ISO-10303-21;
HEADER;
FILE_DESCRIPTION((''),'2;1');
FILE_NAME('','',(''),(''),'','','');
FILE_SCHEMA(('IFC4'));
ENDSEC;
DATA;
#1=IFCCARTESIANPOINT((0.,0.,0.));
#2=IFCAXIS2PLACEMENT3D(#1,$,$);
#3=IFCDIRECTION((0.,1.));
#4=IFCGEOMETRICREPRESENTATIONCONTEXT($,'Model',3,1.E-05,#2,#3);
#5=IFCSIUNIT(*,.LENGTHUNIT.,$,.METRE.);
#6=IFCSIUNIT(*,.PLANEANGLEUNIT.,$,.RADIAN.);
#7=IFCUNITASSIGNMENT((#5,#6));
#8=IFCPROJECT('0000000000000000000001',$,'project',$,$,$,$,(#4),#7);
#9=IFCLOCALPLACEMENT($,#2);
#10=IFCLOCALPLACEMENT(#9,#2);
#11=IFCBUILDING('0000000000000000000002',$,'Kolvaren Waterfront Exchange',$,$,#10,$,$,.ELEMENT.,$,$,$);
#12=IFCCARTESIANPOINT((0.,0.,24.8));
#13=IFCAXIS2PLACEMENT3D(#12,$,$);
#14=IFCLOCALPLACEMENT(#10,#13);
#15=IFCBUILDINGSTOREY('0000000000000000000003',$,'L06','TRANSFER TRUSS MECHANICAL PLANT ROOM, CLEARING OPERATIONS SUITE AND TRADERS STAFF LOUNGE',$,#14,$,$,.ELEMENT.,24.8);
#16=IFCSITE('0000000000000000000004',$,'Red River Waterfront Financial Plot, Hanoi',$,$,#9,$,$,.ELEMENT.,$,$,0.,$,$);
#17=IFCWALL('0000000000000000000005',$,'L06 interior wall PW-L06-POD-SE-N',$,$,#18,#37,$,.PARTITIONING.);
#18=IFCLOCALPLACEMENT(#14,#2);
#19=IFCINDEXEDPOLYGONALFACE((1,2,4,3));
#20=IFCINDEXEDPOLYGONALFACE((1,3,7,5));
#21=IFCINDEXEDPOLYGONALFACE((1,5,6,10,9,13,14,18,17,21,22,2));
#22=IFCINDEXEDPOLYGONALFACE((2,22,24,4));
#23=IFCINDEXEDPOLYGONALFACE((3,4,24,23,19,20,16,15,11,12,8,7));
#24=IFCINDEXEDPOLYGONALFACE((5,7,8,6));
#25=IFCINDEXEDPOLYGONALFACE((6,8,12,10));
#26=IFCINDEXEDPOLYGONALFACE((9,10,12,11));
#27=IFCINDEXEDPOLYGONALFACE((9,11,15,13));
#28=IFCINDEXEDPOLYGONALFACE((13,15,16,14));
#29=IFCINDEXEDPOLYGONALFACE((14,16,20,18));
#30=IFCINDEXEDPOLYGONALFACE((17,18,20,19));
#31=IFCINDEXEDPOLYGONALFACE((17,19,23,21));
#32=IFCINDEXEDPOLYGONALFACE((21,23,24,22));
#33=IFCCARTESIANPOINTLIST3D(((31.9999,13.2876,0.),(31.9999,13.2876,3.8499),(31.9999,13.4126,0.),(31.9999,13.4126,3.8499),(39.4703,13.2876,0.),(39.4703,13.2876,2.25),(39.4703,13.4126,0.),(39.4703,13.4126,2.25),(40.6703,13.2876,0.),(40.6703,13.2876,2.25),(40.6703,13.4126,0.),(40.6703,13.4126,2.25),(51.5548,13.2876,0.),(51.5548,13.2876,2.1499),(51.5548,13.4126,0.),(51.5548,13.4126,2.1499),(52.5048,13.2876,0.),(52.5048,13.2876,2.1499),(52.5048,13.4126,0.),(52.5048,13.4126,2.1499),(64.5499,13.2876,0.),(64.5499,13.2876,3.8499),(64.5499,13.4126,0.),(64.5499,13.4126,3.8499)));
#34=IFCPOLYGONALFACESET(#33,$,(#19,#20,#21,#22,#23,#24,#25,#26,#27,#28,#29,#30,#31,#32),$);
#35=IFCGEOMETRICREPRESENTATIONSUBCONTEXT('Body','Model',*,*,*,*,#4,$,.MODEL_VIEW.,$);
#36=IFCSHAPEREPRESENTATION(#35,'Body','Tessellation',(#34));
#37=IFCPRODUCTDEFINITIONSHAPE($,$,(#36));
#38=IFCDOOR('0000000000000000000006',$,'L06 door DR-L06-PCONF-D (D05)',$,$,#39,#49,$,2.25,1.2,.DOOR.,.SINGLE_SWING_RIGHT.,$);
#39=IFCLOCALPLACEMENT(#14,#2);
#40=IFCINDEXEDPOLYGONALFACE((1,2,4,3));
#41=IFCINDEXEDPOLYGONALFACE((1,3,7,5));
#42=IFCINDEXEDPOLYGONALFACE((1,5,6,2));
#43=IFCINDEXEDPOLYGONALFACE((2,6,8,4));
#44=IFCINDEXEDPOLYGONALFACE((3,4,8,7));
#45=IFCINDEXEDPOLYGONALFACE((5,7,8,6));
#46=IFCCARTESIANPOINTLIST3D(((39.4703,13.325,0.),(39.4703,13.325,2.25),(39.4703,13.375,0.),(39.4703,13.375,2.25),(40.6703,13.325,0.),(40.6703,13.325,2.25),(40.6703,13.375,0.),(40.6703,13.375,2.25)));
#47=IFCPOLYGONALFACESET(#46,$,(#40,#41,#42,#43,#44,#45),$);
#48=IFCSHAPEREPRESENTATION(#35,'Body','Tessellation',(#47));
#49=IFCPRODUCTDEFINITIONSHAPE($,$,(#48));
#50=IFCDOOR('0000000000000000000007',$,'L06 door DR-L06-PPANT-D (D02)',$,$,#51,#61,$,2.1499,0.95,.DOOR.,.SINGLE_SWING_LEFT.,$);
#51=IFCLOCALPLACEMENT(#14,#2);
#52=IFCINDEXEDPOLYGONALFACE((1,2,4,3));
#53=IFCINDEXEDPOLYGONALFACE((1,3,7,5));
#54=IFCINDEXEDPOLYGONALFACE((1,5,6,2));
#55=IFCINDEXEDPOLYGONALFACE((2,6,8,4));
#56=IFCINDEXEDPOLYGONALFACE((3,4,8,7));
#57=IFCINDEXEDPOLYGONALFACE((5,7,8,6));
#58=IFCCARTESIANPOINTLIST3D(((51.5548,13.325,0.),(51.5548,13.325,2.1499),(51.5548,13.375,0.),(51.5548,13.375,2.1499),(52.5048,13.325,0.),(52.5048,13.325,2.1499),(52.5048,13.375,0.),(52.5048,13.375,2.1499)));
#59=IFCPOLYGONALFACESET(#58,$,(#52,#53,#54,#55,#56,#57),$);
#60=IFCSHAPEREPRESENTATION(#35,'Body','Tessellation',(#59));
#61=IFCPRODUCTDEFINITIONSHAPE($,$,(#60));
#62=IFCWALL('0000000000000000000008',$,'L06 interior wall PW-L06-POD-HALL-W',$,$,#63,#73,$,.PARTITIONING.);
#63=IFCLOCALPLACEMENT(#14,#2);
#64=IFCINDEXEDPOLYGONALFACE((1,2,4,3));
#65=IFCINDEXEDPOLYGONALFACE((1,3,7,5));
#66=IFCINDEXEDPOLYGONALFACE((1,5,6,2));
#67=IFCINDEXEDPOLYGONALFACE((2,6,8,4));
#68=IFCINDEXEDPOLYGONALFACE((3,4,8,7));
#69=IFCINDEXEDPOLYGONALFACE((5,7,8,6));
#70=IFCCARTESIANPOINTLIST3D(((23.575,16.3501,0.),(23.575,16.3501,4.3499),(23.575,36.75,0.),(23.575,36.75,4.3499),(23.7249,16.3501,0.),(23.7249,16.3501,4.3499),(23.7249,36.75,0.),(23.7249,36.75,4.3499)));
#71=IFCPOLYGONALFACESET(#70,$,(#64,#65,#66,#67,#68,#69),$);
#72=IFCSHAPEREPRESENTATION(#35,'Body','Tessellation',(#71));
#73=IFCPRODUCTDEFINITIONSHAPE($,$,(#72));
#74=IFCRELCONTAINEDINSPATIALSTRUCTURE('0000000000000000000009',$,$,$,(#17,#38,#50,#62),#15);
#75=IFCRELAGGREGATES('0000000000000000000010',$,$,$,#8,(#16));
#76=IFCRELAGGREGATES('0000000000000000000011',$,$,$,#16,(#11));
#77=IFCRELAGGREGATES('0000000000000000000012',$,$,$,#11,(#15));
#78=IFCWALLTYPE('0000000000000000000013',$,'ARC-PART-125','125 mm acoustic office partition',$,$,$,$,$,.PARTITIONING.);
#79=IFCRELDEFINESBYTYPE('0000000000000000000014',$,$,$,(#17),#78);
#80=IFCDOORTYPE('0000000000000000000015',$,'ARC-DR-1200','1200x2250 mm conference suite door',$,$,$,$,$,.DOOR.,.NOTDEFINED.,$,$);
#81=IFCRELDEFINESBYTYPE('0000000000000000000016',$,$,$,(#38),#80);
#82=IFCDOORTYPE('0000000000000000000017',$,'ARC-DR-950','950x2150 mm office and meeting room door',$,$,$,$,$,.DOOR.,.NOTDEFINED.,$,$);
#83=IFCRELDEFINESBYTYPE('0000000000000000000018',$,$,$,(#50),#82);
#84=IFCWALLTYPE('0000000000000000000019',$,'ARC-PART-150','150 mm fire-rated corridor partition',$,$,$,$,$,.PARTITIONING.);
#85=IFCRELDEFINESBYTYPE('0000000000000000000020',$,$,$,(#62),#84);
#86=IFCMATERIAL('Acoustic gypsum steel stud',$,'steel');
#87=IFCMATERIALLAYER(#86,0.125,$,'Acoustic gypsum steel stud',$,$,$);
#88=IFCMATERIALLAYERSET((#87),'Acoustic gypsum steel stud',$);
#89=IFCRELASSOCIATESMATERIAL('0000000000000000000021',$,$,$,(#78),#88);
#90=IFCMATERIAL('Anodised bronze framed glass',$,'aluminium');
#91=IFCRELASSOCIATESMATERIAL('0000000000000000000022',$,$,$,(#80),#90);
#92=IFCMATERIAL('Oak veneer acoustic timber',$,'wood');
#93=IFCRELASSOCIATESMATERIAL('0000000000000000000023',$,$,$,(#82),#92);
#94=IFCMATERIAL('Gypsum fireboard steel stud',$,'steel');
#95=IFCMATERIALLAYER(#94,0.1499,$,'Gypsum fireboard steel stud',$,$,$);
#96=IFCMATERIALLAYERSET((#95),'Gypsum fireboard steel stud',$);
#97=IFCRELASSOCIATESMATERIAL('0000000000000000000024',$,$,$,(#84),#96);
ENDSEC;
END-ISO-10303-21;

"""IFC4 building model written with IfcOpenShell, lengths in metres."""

from ifc_helpers import new_model, si_unit, direction, frame, frame_2d, origin, place, context, subcontext, project, spatial, rectangle, extrude, material, layer, layer_set, type_object, element, fill, save


model = new_model("IFC4")

# Units and contexts
model_context = context("Model", 3, precision=1e-05, world=origin(), true_north=direction((0.0, 1.0)))
body_context = subcontext(model_context, "Body", "Model", "MODEL_VIEW")
ifc_project = project(units=[si_unit("LENGTHUNIT", "METRE"), si_unit("PLANEANGLEUNIT", "RADIAN")], contexts=[model_context])

# Site, building, storey
site_placement = place(None, origin())
site = spatial("IfcSite", under=ifc_project, at=site_placement, Name="Red River Waterfront Financial Plot, Hanoi", CompositionType="ELEMENT", RefElevation=0.0)
building_placement = place(site_placement, origin())
building = spatial("IfcBuilding", under=site, at=building_placement, Name="Kolvaren Waterfront Exchange", CompositionType="ELEMENT")
storey_placement = place(building_placement, frame((0.0, 0.0, 24.8)))
storey = spatial("IfcBuildingStorey", under=building, at=storey_placement, Name="L06", Description="TRANSFER TRUSS MECHANICAL PLANT ROOM, CLEARING OPERATIONS SUITE AND TRADERS STAFF LOUNGE", CompositionType="ELEMENT", Elevation=24.8)

# Wall, openings, doors
ifc_material_1 = material(Name="Acoustic gypsum steel stud", Category="steel")
ifc_layer_1 = layer(ifc_material_1, 0.125, Name="Acoustic gypsum steel stud")
ifc_layer_set_1 = layer_set([ifc_layer_1], Name="Acoustic gypsum steel stud")
wall_type_1 = type_object("IfcWallType", Name="ARC-PART-125", Description="125 mm acoustic office partition", PredefinedType="PARTITIONING", material=ifc_layer_set_1)
wall_1_placement = place(storey_placement, frame((32.0, 13.3501, 0.0), z_axis=(0.0, 0.0, 1.0), x_axis=(1.0, 0.0, 0.0)))
wall_1 = element("IfcWall", 1, at=wall_1_placement, inside=storey, type_object=wall_type_1, Name="L06 interior wall PW-L06-POD-SE-N", PredefinedType="PARTITIONING", context=body_context, shape_type="SweptSolid", body=[
    extrude(rectangle(XDim=32.55, YDim=0.125, at=frame_2d((16.2749, 0.0))), origin(), (0.0, 0.0, 1.0), 3.8499),
])
opening_1_placement = place(wall_1_placement, frame((7.4702, 0.0, 0.0)))
opening_1 = element("IfcOpeningElement", 2, at=opening_1_placement, cuts=wall_1, PredefinedType="OPENING", context=body_context, shape_type="SweptSolid", body=[
    extrude(rectangle(XDim=1.2, YDim=2.25, at=frame_2d((0.6001, 1.125))), frame((0.0, 0.0725, 0.0), z_axis=(0.0, -1.0, 0.0), x_axis=(1.0, 0.0, 0.0)), (0.0, 0.0, 1.0), 0.145),
])
opening_2_placement = place(wall_1_placement, frame((19.5547, 0.0, 0.0)))
opening_2 = element("IfcOpeningElement", 3, at=opening_2_placement, cuts=wall_1, PredefinedType="OPENING", context=body_context, shape_type="SweptSolid", body=[
    extrude(rectangle(XDim=0.95, YDim=2.1499, at=frame_2d((0.4751, 1.075))), frame((0.0, 0.0725, 0.0), z_axis=(0.0, -1.0, 0.0), x_axis=(1.0, 0.0, 0.0)), (0.0, 0.0, 1.0), 0.145),
])
ifc_material_2 = material(Name="Anodised bronze framed glass", Category="aluminium")
door_type_1 = type_object("IfcDoorType", Name="ARC-DR-1200", Description="1200x2250 mm conference suite door", OperationType="NOTDEFINED", PredefinedType="DOOR", material=ifc_material_2)
door_1_placement = place(opening_1_placement, origin())
door_1 = element("IfcDoor", 4, at=door_1_placement, inside=storey, type_object=door_type_1, Name="L06 door DR-L06-PCONF-D (D05)", OperationType="SINGLE_SWING_RIGHT", OverallHeight=2.25, OverallWidth=1.2, PredefinedType="DOOR", context=body_context, shape_type="SweptSolid", body=[
    extrude(rectangle(XDim=1.2, YDim=2.25, at=frame_2d((0.6001, 1.125))), frame((0.0, 0.0249, 0.0), z_axis=(0.0, -1.0, 0.0), x_axis=(1.0, 0.0, 0.0)), (0.0, 0.0, 1.0), 0.05),
])
fill(opening_1, door_1)
ifc_material_3 = material(Name="Oak veneer acoustic timber", Category="wood")
door_type_2 = type_object("IfcDoorType", Name="ARC-DR-950", Description="950x2150 mm office and meeting room door", OperationType="NOTDEFINED", PredefinedType="DOOR", material=ifc_material_3)
door_2_placement = place(opening_2_placement, origin())
door_2 = element("IfcDoor", 5, at=door_2_placement, inside=storey, type_object=door_type_2, Name="L06 door DR-L06-PPANT-D (D02)", OperationType="SINGLE_SWING_LEFT", OverallHeight=2.1499, OverallWidth=0.95, PredefinedType="DOOR", context=body_context, shape_type="SweptSolid", body=[
    extrude(rectangle(XDim=0.95, YDim=2.1499, at=frame_2d((0.4751, 1.075))), frame((0.0, 0.0249, 0.0), z_axis=(0.0, -1.0, 0.0), x_axis=(1.0, 0.0, 0.0)), (0.0, 0.0, 1.0), 0.05),
])
fill(opening_2, door_2)

# Wall
ifc_material_4 = material(Name="Gypsum fireboard steel stud", Category="steel")
ifc_layer_2 = layer(ifc_material_4, 0.1499, Name="Gypsum fireboard steel stud")
ifc_layer_set_2 = layer_set([ifc_layer_2], Name="Gypsum fireboard steel stud")
wall_type_2 = type_object("IfcWallType", Name="ARC-PART-150", Description="150 mm fire-rated corridor partition", PredefinedType="PARTITIONING", material=ifc_layer_set_2)
wall_2_placement = place(storey_placement, frame((23.6499, 16.3501, 0.0), z_axis=(0.0, 0.0, 1.0), x_axis=(0.0, 1.0, 0.0)))
element("IfcWall", 6, at=wall_2_placement, inside=storey, type_object=wall_type_2, Name="L06 interior wall PW-L06-POD-HALL-W", PredefinedType="PARTITIONING", context=body_context, shape_type="SweptSolid", body=[
    extrude(rectangle(XDim=20.3999, YDim=0.1499, at=frame_2d((10.2, 0.0))), origin(), (0.0, 0.0, 1.0), 4.3499),
])

save(model, "model.ifc")
